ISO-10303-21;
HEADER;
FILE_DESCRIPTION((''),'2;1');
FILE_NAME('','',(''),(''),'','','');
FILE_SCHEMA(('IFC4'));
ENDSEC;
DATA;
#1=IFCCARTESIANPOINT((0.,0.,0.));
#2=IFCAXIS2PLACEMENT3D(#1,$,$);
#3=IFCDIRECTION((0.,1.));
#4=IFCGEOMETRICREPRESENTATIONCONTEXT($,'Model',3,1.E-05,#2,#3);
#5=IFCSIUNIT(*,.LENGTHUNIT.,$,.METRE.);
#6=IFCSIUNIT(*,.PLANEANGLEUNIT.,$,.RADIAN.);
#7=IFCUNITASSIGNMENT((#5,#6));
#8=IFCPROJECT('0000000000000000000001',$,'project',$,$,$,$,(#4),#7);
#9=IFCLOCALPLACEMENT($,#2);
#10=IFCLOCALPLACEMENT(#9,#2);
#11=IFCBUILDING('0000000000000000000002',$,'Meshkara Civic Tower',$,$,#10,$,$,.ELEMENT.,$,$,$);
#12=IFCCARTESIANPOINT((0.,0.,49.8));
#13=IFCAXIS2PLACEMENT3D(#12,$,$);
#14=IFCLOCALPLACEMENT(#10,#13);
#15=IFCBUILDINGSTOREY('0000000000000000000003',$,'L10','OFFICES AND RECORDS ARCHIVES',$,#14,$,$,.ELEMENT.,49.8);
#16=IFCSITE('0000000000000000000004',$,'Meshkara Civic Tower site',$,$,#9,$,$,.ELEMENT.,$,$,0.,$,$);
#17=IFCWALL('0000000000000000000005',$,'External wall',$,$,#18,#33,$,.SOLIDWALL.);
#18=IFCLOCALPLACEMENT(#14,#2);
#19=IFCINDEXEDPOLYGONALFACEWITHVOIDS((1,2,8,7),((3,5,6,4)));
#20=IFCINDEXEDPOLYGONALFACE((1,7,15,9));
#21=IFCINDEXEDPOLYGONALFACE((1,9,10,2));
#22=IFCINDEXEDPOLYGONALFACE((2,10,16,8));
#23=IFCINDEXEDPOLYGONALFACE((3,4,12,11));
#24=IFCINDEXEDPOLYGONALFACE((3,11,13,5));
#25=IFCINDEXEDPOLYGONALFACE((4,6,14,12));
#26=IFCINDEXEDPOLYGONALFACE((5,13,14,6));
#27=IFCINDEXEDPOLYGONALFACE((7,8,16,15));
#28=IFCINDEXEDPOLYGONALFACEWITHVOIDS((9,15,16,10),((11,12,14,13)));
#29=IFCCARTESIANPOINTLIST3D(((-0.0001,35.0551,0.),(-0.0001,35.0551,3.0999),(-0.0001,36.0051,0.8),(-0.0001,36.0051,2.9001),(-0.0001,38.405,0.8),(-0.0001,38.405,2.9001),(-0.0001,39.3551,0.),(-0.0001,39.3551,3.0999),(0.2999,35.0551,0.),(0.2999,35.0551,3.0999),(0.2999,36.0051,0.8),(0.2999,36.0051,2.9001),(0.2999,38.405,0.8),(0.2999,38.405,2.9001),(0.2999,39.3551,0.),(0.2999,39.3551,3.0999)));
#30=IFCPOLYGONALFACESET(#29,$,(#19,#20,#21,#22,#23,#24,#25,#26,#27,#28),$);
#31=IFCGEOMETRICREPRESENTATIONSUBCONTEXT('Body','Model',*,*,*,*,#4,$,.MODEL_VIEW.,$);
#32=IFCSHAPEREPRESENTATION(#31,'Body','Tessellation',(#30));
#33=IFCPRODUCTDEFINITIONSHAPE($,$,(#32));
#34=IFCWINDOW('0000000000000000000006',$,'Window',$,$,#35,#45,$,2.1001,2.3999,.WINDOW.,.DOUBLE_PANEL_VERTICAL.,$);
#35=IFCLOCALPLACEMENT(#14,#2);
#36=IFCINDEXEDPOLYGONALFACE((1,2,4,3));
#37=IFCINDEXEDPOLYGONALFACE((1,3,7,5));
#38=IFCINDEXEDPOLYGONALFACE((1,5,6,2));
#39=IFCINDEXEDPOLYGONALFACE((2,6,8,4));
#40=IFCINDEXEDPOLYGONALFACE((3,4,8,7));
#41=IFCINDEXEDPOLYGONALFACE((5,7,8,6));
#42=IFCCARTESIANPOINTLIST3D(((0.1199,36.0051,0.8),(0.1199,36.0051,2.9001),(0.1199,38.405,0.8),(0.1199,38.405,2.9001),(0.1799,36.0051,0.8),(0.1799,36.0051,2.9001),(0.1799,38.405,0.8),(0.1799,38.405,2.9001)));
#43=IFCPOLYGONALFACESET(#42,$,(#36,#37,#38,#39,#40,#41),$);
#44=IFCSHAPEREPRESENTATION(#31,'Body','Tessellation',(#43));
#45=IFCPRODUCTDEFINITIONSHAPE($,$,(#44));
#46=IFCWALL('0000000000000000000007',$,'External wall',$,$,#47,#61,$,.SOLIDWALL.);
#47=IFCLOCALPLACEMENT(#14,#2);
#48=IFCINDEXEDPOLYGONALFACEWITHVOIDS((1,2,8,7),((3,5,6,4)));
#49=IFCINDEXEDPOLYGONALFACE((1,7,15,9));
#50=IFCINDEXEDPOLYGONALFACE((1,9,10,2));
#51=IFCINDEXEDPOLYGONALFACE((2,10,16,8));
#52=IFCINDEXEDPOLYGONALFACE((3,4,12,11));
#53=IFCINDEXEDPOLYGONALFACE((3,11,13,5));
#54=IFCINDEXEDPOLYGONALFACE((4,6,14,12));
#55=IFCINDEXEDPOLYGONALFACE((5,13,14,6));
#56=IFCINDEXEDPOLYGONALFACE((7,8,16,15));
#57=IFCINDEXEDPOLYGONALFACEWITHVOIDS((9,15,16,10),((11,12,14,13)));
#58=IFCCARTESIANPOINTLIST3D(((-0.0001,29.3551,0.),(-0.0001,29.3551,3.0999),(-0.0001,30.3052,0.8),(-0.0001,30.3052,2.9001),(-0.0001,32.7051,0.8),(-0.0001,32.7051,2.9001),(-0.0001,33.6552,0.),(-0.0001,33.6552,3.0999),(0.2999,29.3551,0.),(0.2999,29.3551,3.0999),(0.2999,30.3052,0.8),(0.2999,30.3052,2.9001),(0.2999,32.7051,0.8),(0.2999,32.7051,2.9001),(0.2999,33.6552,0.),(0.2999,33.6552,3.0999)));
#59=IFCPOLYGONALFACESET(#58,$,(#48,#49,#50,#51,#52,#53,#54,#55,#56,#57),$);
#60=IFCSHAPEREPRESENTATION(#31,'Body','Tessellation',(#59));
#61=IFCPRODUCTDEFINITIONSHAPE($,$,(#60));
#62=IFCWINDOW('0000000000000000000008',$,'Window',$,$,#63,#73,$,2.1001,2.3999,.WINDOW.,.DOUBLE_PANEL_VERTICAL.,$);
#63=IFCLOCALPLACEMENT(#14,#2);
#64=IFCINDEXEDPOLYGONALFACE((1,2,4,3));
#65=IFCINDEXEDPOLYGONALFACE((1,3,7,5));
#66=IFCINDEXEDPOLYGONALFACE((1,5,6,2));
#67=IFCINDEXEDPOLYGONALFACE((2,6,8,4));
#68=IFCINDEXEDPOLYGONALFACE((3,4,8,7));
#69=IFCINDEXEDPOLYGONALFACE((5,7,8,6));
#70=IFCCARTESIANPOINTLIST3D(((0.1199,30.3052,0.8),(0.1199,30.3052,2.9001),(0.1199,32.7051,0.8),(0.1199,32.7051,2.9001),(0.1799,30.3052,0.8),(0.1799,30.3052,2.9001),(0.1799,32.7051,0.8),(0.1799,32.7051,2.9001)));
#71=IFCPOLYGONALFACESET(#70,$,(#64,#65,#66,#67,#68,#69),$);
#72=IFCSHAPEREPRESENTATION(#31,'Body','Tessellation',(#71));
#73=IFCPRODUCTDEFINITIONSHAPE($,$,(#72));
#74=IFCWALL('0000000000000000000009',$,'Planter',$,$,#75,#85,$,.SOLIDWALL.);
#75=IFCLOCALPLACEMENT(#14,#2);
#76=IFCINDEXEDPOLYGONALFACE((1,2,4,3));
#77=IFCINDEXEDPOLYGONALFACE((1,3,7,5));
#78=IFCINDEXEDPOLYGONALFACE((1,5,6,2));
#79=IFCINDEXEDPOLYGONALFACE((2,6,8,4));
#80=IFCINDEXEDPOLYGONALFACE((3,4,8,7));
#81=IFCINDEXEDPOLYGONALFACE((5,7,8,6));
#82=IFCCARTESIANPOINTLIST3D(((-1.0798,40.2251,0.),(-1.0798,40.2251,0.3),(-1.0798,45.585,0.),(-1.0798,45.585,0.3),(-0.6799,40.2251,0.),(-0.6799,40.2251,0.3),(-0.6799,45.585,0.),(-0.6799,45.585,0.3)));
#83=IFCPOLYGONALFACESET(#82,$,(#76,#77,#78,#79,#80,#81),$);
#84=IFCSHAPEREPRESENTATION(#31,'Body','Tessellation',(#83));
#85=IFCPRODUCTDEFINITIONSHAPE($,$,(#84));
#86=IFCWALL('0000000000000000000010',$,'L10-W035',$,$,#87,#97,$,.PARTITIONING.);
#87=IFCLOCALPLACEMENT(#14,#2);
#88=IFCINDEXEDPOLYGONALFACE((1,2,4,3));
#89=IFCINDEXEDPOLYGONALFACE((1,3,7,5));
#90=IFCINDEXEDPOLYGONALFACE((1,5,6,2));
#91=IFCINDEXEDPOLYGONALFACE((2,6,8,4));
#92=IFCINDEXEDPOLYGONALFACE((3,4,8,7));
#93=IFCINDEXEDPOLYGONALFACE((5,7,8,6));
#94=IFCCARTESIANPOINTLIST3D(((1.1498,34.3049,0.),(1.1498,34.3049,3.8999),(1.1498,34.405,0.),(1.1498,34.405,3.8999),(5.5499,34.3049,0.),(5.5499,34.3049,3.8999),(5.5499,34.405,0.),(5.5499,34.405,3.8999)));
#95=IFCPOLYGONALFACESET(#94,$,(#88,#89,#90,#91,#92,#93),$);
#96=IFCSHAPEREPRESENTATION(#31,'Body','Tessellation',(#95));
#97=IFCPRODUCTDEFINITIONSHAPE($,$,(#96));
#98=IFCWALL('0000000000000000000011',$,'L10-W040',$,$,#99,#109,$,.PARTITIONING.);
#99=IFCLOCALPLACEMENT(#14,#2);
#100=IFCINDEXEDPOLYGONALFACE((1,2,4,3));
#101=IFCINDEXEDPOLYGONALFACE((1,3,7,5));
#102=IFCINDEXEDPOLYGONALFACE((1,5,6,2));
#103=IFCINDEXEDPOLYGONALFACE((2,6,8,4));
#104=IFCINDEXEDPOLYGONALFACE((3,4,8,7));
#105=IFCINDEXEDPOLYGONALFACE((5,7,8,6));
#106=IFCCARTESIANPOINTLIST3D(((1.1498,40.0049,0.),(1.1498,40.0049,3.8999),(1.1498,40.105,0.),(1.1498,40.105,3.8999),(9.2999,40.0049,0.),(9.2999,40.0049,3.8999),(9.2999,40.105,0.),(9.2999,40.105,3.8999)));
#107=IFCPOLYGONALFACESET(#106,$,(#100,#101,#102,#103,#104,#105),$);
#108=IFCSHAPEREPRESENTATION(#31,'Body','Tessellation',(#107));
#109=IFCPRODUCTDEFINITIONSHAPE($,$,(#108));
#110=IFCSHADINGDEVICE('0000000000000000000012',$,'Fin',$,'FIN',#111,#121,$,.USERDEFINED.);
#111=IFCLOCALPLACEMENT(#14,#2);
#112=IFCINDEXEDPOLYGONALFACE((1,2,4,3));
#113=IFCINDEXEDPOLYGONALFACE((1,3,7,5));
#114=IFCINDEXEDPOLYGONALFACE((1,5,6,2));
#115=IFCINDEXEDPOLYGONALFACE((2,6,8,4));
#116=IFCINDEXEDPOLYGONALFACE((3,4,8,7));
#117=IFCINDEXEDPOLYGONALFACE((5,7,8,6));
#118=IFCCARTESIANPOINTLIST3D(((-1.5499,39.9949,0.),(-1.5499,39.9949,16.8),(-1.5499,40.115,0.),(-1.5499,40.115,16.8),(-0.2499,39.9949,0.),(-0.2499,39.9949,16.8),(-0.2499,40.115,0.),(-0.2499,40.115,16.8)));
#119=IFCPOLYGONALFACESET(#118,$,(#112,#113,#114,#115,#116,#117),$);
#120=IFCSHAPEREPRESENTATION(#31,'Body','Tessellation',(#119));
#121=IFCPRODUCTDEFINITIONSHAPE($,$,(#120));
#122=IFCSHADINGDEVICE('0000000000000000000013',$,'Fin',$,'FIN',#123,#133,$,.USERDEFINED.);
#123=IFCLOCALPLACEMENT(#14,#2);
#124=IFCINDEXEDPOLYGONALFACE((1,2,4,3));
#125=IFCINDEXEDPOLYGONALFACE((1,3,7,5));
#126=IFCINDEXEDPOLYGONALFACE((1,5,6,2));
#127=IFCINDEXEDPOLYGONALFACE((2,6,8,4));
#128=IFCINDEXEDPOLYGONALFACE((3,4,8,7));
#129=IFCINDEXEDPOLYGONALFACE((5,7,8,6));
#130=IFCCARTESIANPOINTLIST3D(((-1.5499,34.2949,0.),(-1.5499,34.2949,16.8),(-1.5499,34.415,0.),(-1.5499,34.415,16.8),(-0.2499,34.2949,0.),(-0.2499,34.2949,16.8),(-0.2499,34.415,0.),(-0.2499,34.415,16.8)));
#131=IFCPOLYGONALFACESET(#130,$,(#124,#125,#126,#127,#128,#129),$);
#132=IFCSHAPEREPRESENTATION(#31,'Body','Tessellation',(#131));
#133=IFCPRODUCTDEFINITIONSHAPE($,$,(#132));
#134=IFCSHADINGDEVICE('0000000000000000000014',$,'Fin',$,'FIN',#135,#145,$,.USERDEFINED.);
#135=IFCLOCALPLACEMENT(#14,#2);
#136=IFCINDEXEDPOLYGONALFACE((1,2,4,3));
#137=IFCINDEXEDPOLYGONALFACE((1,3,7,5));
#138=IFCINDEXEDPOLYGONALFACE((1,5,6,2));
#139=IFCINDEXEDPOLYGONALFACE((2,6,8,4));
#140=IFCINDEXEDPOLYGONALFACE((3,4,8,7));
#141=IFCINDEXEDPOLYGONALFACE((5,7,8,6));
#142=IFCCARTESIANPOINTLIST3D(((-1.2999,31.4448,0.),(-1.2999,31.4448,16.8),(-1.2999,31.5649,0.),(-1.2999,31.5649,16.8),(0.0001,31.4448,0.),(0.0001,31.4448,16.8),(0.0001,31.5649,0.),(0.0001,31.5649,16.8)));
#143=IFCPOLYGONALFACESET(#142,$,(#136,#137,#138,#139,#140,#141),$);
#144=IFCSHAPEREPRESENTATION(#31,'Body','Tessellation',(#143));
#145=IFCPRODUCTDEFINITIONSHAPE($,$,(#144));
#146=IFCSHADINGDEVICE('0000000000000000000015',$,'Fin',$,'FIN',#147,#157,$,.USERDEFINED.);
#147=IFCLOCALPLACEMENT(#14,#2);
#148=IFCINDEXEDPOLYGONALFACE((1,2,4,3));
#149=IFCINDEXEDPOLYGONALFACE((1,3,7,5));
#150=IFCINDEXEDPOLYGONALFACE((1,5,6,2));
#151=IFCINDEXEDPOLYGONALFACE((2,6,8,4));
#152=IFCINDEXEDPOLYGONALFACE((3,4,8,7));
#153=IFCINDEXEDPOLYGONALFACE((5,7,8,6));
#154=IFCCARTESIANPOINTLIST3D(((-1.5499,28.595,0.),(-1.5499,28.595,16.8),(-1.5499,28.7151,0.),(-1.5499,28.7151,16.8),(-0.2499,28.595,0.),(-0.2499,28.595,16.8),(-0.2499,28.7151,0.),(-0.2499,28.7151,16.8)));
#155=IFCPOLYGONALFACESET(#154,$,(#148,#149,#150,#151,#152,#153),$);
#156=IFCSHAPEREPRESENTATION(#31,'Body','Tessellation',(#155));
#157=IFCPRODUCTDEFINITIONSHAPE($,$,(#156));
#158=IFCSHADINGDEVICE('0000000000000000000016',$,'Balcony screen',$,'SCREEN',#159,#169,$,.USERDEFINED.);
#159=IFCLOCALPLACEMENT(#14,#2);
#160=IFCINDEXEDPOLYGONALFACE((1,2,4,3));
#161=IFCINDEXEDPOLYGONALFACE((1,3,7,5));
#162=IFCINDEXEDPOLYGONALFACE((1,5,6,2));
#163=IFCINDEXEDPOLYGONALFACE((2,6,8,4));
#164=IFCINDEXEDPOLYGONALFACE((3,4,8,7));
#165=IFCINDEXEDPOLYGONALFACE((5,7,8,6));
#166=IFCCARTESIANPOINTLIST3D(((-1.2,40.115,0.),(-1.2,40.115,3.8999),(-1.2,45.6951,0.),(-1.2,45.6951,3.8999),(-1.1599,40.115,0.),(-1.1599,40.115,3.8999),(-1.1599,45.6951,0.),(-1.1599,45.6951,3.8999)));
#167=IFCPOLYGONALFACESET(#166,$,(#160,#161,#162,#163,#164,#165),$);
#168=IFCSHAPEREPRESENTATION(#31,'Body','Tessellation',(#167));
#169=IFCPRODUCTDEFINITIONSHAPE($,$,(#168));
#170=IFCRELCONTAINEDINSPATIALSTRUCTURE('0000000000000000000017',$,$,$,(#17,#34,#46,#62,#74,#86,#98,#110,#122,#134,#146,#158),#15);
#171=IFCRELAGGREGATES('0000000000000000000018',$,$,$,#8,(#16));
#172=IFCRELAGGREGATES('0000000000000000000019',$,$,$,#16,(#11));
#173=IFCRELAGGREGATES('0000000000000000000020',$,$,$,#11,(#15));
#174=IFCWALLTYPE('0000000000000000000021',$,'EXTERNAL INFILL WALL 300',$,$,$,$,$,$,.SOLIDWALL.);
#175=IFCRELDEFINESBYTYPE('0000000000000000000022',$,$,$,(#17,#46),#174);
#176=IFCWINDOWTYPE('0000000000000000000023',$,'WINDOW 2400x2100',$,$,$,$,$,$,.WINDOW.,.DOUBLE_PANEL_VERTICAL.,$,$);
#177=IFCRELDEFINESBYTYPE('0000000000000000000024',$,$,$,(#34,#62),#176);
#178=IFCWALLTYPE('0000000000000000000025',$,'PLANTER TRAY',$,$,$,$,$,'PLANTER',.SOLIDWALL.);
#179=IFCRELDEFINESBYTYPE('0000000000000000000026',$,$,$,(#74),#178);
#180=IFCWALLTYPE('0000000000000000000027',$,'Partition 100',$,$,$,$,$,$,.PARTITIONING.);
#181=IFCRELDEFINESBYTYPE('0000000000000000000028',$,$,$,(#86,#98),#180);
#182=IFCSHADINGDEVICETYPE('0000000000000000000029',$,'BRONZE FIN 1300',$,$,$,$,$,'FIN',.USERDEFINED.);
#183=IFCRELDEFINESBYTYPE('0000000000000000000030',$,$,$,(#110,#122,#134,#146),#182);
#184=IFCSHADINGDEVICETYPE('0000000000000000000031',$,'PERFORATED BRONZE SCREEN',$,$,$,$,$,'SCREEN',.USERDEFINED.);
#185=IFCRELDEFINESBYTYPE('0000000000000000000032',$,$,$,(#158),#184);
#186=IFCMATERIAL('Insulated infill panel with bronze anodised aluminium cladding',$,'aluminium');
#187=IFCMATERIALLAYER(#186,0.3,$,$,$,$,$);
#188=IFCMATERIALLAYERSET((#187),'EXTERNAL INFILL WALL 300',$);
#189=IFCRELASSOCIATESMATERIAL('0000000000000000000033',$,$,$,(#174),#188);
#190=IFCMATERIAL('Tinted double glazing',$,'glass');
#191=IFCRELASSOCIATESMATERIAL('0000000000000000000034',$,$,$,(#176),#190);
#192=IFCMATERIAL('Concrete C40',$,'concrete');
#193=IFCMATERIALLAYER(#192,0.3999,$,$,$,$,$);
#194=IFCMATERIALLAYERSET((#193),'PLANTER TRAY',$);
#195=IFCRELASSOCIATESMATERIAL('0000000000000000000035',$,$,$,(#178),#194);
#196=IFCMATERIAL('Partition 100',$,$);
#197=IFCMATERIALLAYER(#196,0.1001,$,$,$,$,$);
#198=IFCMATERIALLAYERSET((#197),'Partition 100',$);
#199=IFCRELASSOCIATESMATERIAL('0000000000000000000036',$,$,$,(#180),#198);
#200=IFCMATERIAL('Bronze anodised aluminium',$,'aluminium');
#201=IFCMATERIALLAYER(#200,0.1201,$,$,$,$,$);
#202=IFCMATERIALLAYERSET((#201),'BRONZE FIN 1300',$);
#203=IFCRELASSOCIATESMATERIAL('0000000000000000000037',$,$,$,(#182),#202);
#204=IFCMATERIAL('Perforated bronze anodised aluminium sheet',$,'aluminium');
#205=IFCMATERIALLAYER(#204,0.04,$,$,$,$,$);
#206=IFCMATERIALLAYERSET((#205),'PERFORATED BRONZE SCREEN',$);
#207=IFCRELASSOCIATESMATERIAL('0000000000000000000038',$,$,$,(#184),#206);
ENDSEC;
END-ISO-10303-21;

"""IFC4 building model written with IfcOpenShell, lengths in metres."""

from ifc_helpers import new_model, si_unit, direction, frame, frame_2d, origin, origin_2d, place, context, subcontext, project, spatial, rectangle, extrude, material, layer, layer_set, type_object, element, fill, save


model = new_model("IFC4")

# Units and contexts
model_context = context("Model", 3, precision=1e-05, world=origin(), true_north=direction((0.0, 1.0)))
body_context = subcontext(model_context, "Body", "Model", "MODEL_VIEW")
ifc_project = project(units=[si_unit("LENGTHUNIT", "METRE"), si_unit("PLANEANGLEUNIT", "RADIAN")], contexts=[model_context])

# Site, building, storey
site_placement = place(None, origin())
site = spatial("IfcSite", under=ifc_project, at=site_placement, Name="Meshkara Civic Tower site", CompositionType="ELEMENT", RefElevation=0.0)
building_placement = place(site_placement, origin())
building = spatial("IfcBuilding", under=site, at=building_placement, Name="Meshkara Civic Tower", CompositionType="ELEMENT")
storey_placement = place(building_placement, frame((0.0, 0.0, 49.8)))
storey = spatial("IfcBuildingStorey", under=building, at=storey_placement, Name="L10", Description="OFFICES AND RECORDS ARCHIVES", CompositionType="ELEMENT", Elevation=49.8)

# Walls, openings, windows
ifc_material_1 = material(Name="Insulated infill panel with bronze anodised aluminium cladding", Category="aluminium")
ifc_layer_1 = layer(ifc_material_1, 0.3)
ifc_layer_set_1 = layer_set([ifc_layer_1], Name="EXTERNAL INFILL WALL 300")
wall_type_1 = type_object("IfcWallType", Name="EXTERNAL INFILL WALL 300", PredefinedType="SOLIDWALL", material=ifc_layer_set_1)
wall_1_placement = place(storey_placement, frame((0.1499, 39.355, 0.0), z_axis=(0.0, 0.0, 1.0), x_axis=(0.0, -1.0, 0.0)))
wall_1 = element("IfcWall", 1, at=wall_1_placement, inside=storey, type_object=wall_type_1, Name="External wall", PredefinedType="SOLIDWALL", context=body_context, shape_type="SweptSolid", body=[
    extrude(rectangle(XDim=4.3, YDim=0.3, at=frame_2d((2.1499, 0.0))), origin(), (0.0, 0.0, 1.0), 3.0999),
])
opening_1_placement = place(wall_1_placement, frame((0.95, 0.0, 0.8)))
opening_1 = element("IfcOpeningElement", 2, at=opening_1_placement, cuts=wall_1, PredefinedType="OPENING", context=body_context, shape_type="SweptSolid", body=[
    extrude(rectangle(XDim=2.3999, YDim=2.1001, at=frame_2d((1.2, 1.05))), frame((0.0, 0.1599, 0.0), z_axis=(0.0, -1.0, 0.0), x_axis=(1.0, 0.0, 0.0)), (0.0, 0.0, 1.0), 0.3201),
])
ifc_material_2 = material(Name="Tinted double glazing", Category="glass")
window_type = type_object("IfcWindowType", Name="WINDOW 2400x2100", PartitioningType="DOUBLE_PANEL_VERTICAL", PredefinedType="WINDOW", material=ifc_material_2)
window_1_placement = place(opening_1_placement, origin())
window_1 = element("IfcWindow", 3, at=window_1_placement, inside=storey, type_object=window_type, Name="Window", OverallHeight=2.1001, OverallWidth=2.3999, PartitioningType="DOUBLE_PANEL_VERTICAL", PredefinedType="WINDOW", context=body_context, shape_type="SweptSolid", body=[
    extrude(rectangle(XDim=2.3999, YDim=2.1001, at=frame_2d((1.2, 1.05))), frame((0.0, 0.03, 0.0), z_axis=(0.0, -1.0, 0.0), x_axis=(1.0, 0.0, 0.0)), (0.0, 0.0, 1.0), 0.0601),
])
fill(opening_1, window_1)
wall_2_placement = place(storey_placement, frame((0.1499, 33.655, 0.0), z_axis=(0.0, 0.0, 1.0), x_axis=(0.0, -1.0, 0.0)))
wall_2 = element("IfcWall", 4, at=wall_2_placement, inside=storey, type_object=wall_type_1, Name="External wall", PredefinedType="SOLIDWALL", context=body_context, shape_type="SweptSolid", body=[
    extrude(rectangle(XDim=4.3, YDim=0.3, at=frame_2d((2.1499, 0.0))), origin(), (0.0, 0.0, 1.0), 3.0999),
])
opening_2_placement = place(wall_2_placement, frame((0.95, 0.0, 0.8)))
opening_2 = element("IfcOpeningElement", 5, at=opening_2_placement, cuts=wall_2, PredefinedType="OPENING", context=body_context, shape_type="SweptSolid", body=[
    extrude(rectangle(XDim=2.3999, YDim=2.1001, at=frame_2d((1.2, 1.05))), frame((0.0, 0.1599, 0.0), z_axis=(0.0, -1.0, 0.0), x_axis=(1.0, 0.0, 0.0)), (0.0, 0.0, 1.0), 0.3201),
])
window_2_placement = place(opening_2_placement, origin())
window_2 = element("IfcWindow", 6, at=window_2_placement, inside=storey, type_object=window_type, Name="Window", OverallHeight=2.1001, OverallWidth=2.3999, PartitioningType="DOUBLE_PANEL_VERTICAL", PredefinedType="WINDOW", context=body_context, shape_type="SweptSolid", body=[
    extrude(rectangle(XDim=2.3999, YDim=2.1001, at=frame_2d((1.2, 1.05))), frame((0.0, 0.03, 0.0), z_axis=(0.0, -1.0, 0.0), x_axis=(1.0, 0.0, 0.0)), (0.0, 0.0, 1.0), 0.0601),
])
fill(opening_2, window_2)

# Walls
ifc_material_3 = material(Name="Concrete C40", Category="concrete")
ifc_layer_2 = layer(ifc_material_3, 0.3999)
ifc_layer_set_2 = layer_set([ifc_layer_2], Name="PLANTER TRAY")
wall_type_2 = type_object("IfcWallType", Name="PLANTER TRAY", ElementType="PLANTER", PredefinedType="SOLIDWALL", material=ifc_layer_set_2)
wall_3_placement = place(storey_placement, frame((-0.8799, 45.585, 0.0), z_axis=(0.0, 0.0, 1.0), x_axis=(0.0, -1.0, 0.0)))
element("IfcWall", 7, at=wall_3_placement, inside=storey, type_object=wall_type_2, Name="Planter", PredefinedType="SOLIDWALL", context=body_context, shape_type="SweptSolid", body=[
    extrude(rectangle(XDim=5.3599, YDim=0.3999, at=frame_2d((2.6799, 0.0))), origin(), (0.0, 0.0, 1.0), 0.3),
])
ifc_material_4 = material(Name="Partition 100")
ifc_layer_3 = layer(ifc_material_4, 0.1001)
ifc_layer_set_3 = layer_set([ifc_layer_3], Name="Partition 100")
wall_type_3 = type_object("IfcWallType", Name="Partition 100", PredefinedType="PARTITIONING", material=ifc_layer_set_3)
wall_4_placement = place(storey_placement, frame((5.55, 34.355, 0.0), z_axis=(0.0, 0.0, 1.0), x_axis=(-1.0, 0.0, 0.0)))
element("IfcWall", 8, at=wall_4_placement, inside=storey, type_object=wall_type_3, Name="L10-W035", PredefinedType="PARTITIONING", context=body_context, shape_type="SweptSolid", body=[
    extrude(rectangle(XDim=4.4001, YDim=0.1001, at=frame_2d((2.2002, 0.0))), origin(), (0.0, 0.0, 1.0), 3.8999),
])
wall_5_placement = place(storey_placement, frame((9.3, 40.0549, 0.0), z_axis=(0.0, 0.0, 1.0), x_axis=(-1.0, 0.0, 0.0)))
element("IfcWall", 9, at=wall_5_placement, inside=storey, type_object=wall_type_3, Name="L10-W040", PredefinedType="PARTITIONING", context=body_context, shape_type="SweptSolid", body=[
    extrude(rectangle(XDim=8.1501, YDim=0.1001, at=frame_2d((4.0752, 0.0))), origin(), (0.0, 0.0, 1.0), 3.8999),
])

# Shading devices
ifc_material_5 = material(Name="Bronze anodised aluminium", Category="aluminium")
ifc_layer_4 = layer(ifc_material_5, 0.1201)
ifc_layer_set_4 = layer_set([ifc_layer_4], Name="BRONZE FIN 1300")
shading_device_type_1 = type_object("IfcShadingDeviceType", Name="BRONZE FIN 1300", ElementType="FIN", PredefinedType="USERDEFINED", material=ifc_layer_set_4)
for number, where, z_axis, x_axis, name in (
    (10, (-0.8999, 40.0549, 0.0), (0.0, 0.0, 1.0), (0.0, -1.0, 0.0), "Fin"),
    (11, (-0.8999, 34.355, 0.0), (0.0, 0.0, 1.0), (0.0, -1.0, 0.0), "Fin"),
    (12, (-0.6499, 31.5049, 0.0), (0.0, 0.0, 1.0), (0.0, -1.0, 0.0), "Fin"),
    (13, (-0.8999, 28.655, 0.0), (0.0, 0.0, 1.0), (0.0, -1.0, 0.0), "Fin"),
):
    element("IfcShadingDevice", number, at=place(storey_placement, frame(where, z_axis=z_axis, x_axis=x_axis)), inside=storey, type_object=shading_device_type_1, Name=name, ObjectType="FIN", PredefinedType="USERDEFINED", context=body_context, shape_type="SweptSolid", body=[
        extrude(rectangle(XDim=0.1201, YDim=1.3, at=origin_2d()), origin(), (0.0, 0.0, 1.0), 16.8),
    ])
ifc_material_6 = material(Name="Perforated bronze anodised aluminium sheet", Category="aluminium")
ifc_layer_5 = layer(ifc_material_6, 0.04)
ifc_layer_set_5 = layer_set([ifc_layer_5], Name="PERFORATED BRONZE SCREEN")
shading_device_type_2 = type_object("IfcShadingDeviceType", Name="PERFORATED BRONZE SCREEN", ElementType="SCREEN", PredefinedType="USERDEFINED", material=ifc_layer_set_5)
shading_device_placement = place(storey_placement, frame((-1.1799, 42.905, 0.0), z_axis=(0.0, 0.0, 1.0), x_axis=(0.0, -1.0, 0.0)))
element("IfcShadingDevice", 14, at=shading_device_placement, inside=storey, type_object=shading_device_type_2, Name="Balcony screen", ObjectType="SCREEN", PredefinedType="USERDEFINED", context=body_context, shape_type="SweptSolid", body=[
    extrude(rectangle(XDim=5.5801, YDim=0.04, at=origin_2d()), origin(), (0.0, 0.0, 1.0), 3.8999),
])

save(model, "model.ifc")
